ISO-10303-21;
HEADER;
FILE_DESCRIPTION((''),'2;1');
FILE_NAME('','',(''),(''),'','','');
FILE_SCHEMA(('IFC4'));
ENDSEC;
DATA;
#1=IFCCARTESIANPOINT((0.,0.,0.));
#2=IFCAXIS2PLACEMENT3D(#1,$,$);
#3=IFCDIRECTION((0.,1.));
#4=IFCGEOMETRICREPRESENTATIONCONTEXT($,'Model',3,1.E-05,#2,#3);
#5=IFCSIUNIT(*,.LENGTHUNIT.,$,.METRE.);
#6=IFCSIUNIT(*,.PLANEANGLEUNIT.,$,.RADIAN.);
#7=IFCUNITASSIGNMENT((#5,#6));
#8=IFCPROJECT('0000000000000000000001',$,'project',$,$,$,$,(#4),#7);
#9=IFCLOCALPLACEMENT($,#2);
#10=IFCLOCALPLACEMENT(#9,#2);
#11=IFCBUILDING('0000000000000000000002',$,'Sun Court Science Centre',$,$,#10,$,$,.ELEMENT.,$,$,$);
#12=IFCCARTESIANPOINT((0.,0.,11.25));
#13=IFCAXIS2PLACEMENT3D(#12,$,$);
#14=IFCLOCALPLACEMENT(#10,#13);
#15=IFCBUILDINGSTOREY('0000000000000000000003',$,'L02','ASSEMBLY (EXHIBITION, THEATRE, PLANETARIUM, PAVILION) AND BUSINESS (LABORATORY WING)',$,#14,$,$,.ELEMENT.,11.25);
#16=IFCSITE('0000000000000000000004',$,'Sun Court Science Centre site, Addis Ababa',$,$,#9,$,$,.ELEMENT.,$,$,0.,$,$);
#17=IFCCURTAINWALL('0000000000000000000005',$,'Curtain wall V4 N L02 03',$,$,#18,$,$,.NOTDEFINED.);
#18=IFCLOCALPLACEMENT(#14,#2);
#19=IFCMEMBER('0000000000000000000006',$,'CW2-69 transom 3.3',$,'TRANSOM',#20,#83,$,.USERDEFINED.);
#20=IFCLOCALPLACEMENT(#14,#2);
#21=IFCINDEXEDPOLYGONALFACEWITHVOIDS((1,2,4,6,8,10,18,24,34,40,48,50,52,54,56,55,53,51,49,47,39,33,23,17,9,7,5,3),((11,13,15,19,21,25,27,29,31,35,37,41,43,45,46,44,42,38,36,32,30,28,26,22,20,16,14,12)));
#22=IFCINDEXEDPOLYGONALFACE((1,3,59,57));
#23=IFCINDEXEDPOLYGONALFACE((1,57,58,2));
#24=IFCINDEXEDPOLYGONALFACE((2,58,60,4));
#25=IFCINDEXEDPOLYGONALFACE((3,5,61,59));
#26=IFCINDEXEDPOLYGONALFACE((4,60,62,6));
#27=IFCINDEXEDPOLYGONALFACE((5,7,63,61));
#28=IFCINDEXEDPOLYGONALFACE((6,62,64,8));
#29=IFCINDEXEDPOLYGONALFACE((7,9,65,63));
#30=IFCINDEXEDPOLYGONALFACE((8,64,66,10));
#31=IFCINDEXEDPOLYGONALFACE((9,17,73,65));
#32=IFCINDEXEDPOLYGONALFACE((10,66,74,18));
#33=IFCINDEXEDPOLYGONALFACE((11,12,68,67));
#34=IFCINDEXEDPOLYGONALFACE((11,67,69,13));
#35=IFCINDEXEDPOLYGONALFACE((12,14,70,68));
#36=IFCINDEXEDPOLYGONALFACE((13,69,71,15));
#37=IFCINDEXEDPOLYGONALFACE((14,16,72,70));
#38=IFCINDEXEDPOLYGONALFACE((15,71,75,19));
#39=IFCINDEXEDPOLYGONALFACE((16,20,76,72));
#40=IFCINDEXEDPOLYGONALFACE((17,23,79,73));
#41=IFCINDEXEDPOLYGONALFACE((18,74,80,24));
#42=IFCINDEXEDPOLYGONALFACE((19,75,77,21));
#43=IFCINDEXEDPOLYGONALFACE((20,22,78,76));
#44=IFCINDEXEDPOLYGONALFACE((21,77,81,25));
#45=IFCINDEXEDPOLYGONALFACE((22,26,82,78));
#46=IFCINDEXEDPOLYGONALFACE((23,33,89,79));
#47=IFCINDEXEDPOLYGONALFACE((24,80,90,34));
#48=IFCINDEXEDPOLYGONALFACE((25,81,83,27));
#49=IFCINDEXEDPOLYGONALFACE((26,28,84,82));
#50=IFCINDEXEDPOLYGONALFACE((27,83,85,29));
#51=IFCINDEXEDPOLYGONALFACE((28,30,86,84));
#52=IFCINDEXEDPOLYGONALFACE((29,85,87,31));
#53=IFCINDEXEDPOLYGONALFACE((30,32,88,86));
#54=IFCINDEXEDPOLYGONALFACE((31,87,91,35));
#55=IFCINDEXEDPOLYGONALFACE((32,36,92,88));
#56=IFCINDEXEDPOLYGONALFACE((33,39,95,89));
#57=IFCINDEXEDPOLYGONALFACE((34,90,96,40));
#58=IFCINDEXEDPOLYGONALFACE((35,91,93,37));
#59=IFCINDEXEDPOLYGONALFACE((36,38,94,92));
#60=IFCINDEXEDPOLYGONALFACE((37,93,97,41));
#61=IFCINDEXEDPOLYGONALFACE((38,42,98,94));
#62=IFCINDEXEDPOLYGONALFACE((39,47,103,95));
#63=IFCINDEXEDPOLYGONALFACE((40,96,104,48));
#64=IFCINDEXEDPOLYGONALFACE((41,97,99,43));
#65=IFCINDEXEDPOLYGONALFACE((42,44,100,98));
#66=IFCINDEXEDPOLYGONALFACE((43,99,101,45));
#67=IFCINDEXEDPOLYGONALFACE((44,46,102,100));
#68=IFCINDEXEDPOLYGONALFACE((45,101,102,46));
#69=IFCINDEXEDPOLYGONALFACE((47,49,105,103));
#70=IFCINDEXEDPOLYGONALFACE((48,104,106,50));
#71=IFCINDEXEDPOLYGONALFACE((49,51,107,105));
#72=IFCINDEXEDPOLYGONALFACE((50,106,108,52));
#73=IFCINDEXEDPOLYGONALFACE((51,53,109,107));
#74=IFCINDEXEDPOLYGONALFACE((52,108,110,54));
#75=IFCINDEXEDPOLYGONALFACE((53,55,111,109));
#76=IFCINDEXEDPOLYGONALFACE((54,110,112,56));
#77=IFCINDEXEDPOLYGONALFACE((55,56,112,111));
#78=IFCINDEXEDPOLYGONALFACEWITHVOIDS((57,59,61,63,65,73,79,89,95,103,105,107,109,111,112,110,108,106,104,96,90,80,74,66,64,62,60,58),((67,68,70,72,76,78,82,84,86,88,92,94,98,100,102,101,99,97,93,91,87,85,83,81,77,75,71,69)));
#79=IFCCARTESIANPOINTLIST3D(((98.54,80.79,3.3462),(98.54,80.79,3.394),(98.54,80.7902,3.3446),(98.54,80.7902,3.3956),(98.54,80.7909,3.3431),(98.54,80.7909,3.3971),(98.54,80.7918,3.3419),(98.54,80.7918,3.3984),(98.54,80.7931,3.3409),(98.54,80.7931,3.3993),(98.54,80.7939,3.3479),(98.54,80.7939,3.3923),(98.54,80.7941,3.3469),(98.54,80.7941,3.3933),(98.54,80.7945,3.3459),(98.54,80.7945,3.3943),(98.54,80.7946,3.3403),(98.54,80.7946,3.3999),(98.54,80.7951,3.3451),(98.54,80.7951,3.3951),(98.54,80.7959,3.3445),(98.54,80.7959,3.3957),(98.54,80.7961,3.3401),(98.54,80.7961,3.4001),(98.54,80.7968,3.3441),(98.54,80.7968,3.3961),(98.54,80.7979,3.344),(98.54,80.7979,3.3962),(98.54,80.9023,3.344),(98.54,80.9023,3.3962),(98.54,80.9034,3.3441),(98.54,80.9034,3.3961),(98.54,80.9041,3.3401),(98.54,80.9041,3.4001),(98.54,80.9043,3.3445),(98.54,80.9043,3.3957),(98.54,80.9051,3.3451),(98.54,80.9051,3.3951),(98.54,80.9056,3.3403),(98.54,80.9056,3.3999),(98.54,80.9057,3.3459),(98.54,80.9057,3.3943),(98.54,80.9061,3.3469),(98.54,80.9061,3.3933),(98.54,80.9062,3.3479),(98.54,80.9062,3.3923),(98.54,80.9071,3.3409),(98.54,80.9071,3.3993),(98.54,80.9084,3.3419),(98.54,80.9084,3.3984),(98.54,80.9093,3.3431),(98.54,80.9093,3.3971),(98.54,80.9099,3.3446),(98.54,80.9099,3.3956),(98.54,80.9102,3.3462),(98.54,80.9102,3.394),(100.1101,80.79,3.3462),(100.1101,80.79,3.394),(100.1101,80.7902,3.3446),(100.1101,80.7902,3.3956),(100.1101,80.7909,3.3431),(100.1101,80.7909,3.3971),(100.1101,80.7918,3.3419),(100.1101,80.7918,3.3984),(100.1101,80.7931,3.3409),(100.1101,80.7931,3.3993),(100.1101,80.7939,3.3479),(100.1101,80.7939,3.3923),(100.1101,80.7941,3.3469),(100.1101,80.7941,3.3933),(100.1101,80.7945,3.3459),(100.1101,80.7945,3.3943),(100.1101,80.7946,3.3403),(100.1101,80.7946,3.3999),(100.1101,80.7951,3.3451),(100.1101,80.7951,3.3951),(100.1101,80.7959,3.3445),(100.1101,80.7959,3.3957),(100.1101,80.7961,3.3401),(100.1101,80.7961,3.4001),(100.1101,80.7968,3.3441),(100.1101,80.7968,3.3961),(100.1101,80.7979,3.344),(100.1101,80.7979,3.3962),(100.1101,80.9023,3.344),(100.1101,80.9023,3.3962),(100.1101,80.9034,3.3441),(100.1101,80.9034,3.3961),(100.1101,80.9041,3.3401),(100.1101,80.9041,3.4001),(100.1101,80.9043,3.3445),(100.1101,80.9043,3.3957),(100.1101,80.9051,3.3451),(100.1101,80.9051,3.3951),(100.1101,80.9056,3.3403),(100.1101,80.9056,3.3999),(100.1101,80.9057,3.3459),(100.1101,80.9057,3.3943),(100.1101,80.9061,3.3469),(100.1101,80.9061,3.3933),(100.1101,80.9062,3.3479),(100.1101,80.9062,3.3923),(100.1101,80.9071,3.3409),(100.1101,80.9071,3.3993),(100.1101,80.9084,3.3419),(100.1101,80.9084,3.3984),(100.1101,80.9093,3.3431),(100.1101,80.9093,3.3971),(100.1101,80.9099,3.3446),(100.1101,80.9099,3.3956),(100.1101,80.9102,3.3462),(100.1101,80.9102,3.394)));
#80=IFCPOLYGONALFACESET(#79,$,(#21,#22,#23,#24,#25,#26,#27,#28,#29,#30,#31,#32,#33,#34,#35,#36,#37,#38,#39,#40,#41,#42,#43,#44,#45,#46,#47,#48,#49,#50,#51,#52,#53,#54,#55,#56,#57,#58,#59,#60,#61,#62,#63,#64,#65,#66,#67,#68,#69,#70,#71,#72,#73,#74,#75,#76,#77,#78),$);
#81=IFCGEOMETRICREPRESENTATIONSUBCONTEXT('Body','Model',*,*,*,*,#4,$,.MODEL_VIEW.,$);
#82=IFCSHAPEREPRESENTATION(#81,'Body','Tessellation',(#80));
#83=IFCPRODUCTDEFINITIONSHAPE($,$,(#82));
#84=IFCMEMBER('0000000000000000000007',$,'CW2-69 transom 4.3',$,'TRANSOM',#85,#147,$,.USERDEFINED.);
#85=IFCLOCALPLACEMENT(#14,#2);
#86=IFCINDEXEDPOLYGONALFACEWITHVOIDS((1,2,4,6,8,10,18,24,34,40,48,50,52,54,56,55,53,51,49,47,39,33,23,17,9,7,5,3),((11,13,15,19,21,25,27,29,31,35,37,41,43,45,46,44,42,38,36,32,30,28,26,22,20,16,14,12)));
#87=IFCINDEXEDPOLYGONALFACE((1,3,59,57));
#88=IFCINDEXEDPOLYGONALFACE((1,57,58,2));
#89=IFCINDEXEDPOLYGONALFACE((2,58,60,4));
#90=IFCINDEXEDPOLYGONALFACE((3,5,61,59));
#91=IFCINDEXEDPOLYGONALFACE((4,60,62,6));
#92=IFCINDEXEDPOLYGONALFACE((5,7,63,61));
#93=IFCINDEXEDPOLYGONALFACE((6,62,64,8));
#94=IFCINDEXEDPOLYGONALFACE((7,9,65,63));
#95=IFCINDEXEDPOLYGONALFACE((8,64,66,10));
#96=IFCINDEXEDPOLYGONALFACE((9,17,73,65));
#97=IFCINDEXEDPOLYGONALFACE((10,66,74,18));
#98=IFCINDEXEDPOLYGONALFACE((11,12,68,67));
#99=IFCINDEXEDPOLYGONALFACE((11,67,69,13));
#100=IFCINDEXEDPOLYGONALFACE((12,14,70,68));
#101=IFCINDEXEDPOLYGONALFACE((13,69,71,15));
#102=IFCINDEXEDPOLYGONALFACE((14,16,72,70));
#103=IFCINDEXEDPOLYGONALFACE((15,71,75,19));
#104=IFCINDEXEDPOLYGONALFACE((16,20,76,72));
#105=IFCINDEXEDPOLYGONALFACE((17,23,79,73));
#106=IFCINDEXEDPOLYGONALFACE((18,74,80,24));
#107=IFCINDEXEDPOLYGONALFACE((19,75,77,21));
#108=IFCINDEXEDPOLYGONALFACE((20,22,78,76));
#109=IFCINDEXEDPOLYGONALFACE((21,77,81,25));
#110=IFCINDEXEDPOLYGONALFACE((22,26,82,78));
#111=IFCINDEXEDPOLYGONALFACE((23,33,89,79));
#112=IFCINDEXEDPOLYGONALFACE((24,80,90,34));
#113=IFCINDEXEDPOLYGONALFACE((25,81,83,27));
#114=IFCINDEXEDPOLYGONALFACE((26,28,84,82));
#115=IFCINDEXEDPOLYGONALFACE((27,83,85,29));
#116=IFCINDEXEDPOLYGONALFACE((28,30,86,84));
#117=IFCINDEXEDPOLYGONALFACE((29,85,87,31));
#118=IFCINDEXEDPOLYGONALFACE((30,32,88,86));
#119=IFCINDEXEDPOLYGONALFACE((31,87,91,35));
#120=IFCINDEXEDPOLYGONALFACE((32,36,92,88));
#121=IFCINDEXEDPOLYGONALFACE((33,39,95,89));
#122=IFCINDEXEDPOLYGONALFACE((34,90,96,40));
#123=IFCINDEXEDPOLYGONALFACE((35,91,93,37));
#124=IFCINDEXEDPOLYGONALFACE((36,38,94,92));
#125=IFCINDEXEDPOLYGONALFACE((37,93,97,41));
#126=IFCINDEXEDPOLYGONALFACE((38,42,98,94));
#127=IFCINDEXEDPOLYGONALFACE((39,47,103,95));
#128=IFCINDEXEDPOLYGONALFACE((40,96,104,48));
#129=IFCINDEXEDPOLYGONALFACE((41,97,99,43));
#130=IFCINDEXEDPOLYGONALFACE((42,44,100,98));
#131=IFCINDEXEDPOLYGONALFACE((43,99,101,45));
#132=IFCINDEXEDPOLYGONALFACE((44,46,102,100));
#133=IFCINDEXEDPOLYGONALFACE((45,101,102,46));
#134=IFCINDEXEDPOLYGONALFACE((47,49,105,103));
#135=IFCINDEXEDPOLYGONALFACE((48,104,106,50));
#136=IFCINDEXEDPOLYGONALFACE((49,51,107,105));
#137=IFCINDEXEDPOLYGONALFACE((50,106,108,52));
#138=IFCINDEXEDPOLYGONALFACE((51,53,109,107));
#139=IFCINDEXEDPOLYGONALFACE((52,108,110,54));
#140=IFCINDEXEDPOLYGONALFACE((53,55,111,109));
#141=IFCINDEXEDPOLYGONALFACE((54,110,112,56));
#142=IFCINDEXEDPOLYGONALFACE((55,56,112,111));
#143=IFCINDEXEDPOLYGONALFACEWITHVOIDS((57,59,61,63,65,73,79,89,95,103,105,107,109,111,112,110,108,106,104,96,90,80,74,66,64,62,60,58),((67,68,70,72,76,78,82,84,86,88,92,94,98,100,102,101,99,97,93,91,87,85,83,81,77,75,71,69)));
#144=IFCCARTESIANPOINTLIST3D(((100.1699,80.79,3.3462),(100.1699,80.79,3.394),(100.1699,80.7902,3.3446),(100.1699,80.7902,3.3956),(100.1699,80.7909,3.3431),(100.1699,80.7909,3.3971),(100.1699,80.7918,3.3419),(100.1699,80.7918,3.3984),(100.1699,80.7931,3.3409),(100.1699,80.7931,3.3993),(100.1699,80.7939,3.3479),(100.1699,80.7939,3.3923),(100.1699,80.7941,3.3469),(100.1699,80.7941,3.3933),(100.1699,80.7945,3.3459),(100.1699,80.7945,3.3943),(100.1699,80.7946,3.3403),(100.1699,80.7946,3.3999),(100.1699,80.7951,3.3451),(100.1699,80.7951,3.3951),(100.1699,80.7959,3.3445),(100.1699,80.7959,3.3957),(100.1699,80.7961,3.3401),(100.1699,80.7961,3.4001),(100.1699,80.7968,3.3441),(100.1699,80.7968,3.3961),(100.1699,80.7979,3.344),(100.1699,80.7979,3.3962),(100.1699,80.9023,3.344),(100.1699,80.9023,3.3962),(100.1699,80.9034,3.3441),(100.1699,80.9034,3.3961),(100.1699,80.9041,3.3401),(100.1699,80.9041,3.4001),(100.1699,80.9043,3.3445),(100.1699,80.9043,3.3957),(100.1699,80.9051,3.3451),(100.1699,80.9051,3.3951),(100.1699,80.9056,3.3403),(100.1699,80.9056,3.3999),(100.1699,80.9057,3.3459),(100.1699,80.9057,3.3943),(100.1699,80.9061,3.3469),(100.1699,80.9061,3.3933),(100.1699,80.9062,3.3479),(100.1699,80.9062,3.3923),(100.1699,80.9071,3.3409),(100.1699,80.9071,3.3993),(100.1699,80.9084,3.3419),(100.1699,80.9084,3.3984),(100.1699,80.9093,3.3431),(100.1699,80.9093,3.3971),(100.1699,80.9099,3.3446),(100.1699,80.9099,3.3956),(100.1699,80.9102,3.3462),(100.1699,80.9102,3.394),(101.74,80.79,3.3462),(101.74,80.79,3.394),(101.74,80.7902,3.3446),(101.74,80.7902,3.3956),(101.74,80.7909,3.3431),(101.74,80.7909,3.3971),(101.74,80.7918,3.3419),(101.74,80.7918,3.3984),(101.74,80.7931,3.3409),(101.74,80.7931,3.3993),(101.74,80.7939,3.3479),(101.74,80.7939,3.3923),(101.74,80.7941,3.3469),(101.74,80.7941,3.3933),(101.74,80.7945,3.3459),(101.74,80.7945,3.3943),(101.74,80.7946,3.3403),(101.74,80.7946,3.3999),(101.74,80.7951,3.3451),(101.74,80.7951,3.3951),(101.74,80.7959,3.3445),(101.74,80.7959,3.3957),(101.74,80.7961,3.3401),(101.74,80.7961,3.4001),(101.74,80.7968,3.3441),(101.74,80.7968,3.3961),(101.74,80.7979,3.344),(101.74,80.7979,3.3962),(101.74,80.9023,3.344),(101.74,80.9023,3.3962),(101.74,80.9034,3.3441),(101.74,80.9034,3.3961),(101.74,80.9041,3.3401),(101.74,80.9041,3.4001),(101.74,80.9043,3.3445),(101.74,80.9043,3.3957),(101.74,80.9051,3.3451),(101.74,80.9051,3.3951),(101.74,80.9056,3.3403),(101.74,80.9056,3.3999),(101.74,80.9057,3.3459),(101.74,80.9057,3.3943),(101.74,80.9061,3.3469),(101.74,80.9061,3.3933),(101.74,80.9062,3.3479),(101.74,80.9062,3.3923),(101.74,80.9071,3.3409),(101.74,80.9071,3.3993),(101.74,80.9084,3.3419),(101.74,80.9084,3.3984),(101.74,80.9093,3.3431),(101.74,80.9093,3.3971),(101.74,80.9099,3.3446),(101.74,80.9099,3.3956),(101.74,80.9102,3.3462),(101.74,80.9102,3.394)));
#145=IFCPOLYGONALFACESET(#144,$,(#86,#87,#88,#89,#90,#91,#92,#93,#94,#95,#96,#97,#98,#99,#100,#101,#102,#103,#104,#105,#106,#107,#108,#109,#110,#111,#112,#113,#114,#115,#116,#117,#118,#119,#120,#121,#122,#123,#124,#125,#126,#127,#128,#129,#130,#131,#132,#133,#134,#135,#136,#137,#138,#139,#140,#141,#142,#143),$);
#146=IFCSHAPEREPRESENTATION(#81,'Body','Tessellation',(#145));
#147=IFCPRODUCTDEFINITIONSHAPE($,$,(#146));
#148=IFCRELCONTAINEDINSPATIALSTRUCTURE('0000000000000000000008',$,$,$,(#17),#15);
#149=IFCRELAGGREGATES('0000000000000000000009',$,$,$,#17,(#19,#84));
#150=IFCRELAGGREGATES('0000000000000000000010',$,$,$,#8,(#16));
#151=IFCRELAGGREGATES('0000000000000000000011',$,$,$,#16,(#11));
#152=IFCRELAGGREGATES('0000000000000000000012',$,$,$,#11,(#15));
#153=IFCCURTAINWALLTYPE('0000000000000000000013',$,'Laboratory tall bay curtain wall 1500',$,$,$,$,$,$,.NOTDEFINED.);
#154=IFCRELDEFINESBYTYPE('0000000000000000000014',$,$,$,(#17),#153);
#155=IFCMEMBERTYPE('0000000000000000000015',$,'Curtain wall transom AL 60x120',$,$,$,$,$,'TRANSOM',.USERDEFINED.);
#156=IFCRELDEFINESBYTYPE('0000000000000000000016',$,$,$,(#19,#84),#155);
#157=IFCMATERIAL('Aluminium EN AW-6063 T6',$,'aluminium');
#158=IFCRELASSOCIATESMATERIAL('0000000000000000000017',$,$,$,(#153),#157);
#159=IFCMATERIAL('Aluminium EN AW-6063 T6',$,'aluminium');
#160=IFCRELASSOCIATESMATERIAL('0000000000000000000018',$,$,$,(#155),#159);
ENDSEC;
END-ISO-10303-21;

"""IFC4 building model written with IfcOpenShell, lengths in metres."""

from ifc_helpers import new_model, si_unit, direction, frame, origin, origin_2d, place, context, subcontext, project, spatial, hollow_rectangle, extrude, material, material_profile, profile_set, type_object, element, aggregate, save


model = new_model("IFC4")

# Units and contexts
model_context = context("Model", 3, precision=1e-05, world=origin(), true_north=direction((0.0, 1.0)))
body_context = subcontext(model_context, "Body", "Model", "MODEL_VIEW")
ifc_project = project(units=[si_unit("LENGTHUNIT", "METRE"), si_unit("PLANEANGLEUNIT", "RADIAN")], contexts=[model_context])

# Site, building, storey
site_placement = place(None, origin())
site = spatial("IfcSite", under=ifc_project, at=site_placement, Name="Sun Court Science Centre site, Addis Ababa", CompositionType="ELEMENT", RefElevation=0.0)
building_placement = place(site_placement, origin())
building = spatial("IfcBuilding", under=site, at=building_placement, Name="Sun Court Science Centre", CompositionType="ELEMENT")
storey_placement = place(building_placement, frame((0.0, 0.0, 11.25)))
storey = spatial("IfcBuildingStorey", under=building, at=storey_placement, Name="L02", Description="ASSEMBLY (EXHIBITION, THEATRE, PLANETARIUM, PAVILION) AND BUSINESS (LABORATORY WING)", CompositionType="ELEMENT", Elevation=11.25)

# Curtain wall, members
ifc_material_1 = material(Name="Aluminium EN AW-6063 T6", Category="aluminium")
curtain_wall_type = type_object("IfcCurtainWallType", Name="Laboratory tall bay curtain wall 1500", PredefinedType="NOTDEFINED", material=ifc_material_1)
curtain_wall_placement = place(storey_placement, origin())
curtain_wall = element("IfcCurtainWall", 1, at=curtain_wall_placement, inside=storey, type_object=curtain_wall_type, Name="Curtain wall V4 N L02 03", PredefinedType="NOTDEFINED")
ifc_material_2 = material(Name="Aluminium EN AW-6063 T6", Category="aluminium")
ifc_material_profile_1 = material_profile(ifc_material_2, hollow_rectangle(XDim=0.0601, YDim=0.1201, WallThickness=0.0039, InnerFilletRadius=0.0039, OuterFilletRadius=0.0061, at=origin_2d()), Name="AL 60x120x4")
ifc_profile_set_1 = profile_set([ifc_material_profile_1], Name="Aluminium EN AW-6063 T6")
member_type_1 = type_object("IfcMemberType", Name="Curtain wall transom AL 60x120", ElementType="TRANSOM", PredefinedType="USERDEFINED", material=ifc_profile_set_1)
member_1_placement = place(storey_placement, frame((98.54, 80.8501, 3.3701), z_axis=(1.0, 0.0, 0.0), x_axis=(0.0, 0.0, 1.0)))
member_1 = element("IfcMember", 2, at=member_1_placement, type_object=member_type_1, Name="CW2-69 transom 3.3", ObjectType="TRANSOM", PredefinedType="USERDEFINED", context=body_context, shape_type="SweptSolid", body=[
    extrude(hollow_rectangle(XDim=0.0601, YDim=0.1201, WallThickness=0.0039, InnerFilletRadius=0.0039, OuterFilletRadius=0.0061, at=origin_2d()), origin(), (0.0, 0.0, 1.0), 1.5701),
])
member_2_placement = place(storey_placement, frame((100.1699, 80.8501, 3.3701), z_axis=(1.0, 0.0, 0.0), x_axis=(0.0, 0.0, 1.0)))
member_2 = element("IfcMember", 3, at=member_2_placement, type_object=member_type_1, Name="CW2-69 transom 4.3", ObjectType="TRANSOM", PredefinedType="USERDEFINED", context=body_context, shape_type="SweptSolid", body=[
    extrude(hollow_rectangle(XDim=0.0601, YDim=0.1201, WallThickness=0.0039, InnerFilletRadius=0.0039, OuterFilletRadius=0.0061, at=origin_2d()), origin(), (0.0, 0.0, 1.0), 1.5701),
])
aggregate(curtain_wall, [member_1, member_2])

save(model, "model.ifc")
